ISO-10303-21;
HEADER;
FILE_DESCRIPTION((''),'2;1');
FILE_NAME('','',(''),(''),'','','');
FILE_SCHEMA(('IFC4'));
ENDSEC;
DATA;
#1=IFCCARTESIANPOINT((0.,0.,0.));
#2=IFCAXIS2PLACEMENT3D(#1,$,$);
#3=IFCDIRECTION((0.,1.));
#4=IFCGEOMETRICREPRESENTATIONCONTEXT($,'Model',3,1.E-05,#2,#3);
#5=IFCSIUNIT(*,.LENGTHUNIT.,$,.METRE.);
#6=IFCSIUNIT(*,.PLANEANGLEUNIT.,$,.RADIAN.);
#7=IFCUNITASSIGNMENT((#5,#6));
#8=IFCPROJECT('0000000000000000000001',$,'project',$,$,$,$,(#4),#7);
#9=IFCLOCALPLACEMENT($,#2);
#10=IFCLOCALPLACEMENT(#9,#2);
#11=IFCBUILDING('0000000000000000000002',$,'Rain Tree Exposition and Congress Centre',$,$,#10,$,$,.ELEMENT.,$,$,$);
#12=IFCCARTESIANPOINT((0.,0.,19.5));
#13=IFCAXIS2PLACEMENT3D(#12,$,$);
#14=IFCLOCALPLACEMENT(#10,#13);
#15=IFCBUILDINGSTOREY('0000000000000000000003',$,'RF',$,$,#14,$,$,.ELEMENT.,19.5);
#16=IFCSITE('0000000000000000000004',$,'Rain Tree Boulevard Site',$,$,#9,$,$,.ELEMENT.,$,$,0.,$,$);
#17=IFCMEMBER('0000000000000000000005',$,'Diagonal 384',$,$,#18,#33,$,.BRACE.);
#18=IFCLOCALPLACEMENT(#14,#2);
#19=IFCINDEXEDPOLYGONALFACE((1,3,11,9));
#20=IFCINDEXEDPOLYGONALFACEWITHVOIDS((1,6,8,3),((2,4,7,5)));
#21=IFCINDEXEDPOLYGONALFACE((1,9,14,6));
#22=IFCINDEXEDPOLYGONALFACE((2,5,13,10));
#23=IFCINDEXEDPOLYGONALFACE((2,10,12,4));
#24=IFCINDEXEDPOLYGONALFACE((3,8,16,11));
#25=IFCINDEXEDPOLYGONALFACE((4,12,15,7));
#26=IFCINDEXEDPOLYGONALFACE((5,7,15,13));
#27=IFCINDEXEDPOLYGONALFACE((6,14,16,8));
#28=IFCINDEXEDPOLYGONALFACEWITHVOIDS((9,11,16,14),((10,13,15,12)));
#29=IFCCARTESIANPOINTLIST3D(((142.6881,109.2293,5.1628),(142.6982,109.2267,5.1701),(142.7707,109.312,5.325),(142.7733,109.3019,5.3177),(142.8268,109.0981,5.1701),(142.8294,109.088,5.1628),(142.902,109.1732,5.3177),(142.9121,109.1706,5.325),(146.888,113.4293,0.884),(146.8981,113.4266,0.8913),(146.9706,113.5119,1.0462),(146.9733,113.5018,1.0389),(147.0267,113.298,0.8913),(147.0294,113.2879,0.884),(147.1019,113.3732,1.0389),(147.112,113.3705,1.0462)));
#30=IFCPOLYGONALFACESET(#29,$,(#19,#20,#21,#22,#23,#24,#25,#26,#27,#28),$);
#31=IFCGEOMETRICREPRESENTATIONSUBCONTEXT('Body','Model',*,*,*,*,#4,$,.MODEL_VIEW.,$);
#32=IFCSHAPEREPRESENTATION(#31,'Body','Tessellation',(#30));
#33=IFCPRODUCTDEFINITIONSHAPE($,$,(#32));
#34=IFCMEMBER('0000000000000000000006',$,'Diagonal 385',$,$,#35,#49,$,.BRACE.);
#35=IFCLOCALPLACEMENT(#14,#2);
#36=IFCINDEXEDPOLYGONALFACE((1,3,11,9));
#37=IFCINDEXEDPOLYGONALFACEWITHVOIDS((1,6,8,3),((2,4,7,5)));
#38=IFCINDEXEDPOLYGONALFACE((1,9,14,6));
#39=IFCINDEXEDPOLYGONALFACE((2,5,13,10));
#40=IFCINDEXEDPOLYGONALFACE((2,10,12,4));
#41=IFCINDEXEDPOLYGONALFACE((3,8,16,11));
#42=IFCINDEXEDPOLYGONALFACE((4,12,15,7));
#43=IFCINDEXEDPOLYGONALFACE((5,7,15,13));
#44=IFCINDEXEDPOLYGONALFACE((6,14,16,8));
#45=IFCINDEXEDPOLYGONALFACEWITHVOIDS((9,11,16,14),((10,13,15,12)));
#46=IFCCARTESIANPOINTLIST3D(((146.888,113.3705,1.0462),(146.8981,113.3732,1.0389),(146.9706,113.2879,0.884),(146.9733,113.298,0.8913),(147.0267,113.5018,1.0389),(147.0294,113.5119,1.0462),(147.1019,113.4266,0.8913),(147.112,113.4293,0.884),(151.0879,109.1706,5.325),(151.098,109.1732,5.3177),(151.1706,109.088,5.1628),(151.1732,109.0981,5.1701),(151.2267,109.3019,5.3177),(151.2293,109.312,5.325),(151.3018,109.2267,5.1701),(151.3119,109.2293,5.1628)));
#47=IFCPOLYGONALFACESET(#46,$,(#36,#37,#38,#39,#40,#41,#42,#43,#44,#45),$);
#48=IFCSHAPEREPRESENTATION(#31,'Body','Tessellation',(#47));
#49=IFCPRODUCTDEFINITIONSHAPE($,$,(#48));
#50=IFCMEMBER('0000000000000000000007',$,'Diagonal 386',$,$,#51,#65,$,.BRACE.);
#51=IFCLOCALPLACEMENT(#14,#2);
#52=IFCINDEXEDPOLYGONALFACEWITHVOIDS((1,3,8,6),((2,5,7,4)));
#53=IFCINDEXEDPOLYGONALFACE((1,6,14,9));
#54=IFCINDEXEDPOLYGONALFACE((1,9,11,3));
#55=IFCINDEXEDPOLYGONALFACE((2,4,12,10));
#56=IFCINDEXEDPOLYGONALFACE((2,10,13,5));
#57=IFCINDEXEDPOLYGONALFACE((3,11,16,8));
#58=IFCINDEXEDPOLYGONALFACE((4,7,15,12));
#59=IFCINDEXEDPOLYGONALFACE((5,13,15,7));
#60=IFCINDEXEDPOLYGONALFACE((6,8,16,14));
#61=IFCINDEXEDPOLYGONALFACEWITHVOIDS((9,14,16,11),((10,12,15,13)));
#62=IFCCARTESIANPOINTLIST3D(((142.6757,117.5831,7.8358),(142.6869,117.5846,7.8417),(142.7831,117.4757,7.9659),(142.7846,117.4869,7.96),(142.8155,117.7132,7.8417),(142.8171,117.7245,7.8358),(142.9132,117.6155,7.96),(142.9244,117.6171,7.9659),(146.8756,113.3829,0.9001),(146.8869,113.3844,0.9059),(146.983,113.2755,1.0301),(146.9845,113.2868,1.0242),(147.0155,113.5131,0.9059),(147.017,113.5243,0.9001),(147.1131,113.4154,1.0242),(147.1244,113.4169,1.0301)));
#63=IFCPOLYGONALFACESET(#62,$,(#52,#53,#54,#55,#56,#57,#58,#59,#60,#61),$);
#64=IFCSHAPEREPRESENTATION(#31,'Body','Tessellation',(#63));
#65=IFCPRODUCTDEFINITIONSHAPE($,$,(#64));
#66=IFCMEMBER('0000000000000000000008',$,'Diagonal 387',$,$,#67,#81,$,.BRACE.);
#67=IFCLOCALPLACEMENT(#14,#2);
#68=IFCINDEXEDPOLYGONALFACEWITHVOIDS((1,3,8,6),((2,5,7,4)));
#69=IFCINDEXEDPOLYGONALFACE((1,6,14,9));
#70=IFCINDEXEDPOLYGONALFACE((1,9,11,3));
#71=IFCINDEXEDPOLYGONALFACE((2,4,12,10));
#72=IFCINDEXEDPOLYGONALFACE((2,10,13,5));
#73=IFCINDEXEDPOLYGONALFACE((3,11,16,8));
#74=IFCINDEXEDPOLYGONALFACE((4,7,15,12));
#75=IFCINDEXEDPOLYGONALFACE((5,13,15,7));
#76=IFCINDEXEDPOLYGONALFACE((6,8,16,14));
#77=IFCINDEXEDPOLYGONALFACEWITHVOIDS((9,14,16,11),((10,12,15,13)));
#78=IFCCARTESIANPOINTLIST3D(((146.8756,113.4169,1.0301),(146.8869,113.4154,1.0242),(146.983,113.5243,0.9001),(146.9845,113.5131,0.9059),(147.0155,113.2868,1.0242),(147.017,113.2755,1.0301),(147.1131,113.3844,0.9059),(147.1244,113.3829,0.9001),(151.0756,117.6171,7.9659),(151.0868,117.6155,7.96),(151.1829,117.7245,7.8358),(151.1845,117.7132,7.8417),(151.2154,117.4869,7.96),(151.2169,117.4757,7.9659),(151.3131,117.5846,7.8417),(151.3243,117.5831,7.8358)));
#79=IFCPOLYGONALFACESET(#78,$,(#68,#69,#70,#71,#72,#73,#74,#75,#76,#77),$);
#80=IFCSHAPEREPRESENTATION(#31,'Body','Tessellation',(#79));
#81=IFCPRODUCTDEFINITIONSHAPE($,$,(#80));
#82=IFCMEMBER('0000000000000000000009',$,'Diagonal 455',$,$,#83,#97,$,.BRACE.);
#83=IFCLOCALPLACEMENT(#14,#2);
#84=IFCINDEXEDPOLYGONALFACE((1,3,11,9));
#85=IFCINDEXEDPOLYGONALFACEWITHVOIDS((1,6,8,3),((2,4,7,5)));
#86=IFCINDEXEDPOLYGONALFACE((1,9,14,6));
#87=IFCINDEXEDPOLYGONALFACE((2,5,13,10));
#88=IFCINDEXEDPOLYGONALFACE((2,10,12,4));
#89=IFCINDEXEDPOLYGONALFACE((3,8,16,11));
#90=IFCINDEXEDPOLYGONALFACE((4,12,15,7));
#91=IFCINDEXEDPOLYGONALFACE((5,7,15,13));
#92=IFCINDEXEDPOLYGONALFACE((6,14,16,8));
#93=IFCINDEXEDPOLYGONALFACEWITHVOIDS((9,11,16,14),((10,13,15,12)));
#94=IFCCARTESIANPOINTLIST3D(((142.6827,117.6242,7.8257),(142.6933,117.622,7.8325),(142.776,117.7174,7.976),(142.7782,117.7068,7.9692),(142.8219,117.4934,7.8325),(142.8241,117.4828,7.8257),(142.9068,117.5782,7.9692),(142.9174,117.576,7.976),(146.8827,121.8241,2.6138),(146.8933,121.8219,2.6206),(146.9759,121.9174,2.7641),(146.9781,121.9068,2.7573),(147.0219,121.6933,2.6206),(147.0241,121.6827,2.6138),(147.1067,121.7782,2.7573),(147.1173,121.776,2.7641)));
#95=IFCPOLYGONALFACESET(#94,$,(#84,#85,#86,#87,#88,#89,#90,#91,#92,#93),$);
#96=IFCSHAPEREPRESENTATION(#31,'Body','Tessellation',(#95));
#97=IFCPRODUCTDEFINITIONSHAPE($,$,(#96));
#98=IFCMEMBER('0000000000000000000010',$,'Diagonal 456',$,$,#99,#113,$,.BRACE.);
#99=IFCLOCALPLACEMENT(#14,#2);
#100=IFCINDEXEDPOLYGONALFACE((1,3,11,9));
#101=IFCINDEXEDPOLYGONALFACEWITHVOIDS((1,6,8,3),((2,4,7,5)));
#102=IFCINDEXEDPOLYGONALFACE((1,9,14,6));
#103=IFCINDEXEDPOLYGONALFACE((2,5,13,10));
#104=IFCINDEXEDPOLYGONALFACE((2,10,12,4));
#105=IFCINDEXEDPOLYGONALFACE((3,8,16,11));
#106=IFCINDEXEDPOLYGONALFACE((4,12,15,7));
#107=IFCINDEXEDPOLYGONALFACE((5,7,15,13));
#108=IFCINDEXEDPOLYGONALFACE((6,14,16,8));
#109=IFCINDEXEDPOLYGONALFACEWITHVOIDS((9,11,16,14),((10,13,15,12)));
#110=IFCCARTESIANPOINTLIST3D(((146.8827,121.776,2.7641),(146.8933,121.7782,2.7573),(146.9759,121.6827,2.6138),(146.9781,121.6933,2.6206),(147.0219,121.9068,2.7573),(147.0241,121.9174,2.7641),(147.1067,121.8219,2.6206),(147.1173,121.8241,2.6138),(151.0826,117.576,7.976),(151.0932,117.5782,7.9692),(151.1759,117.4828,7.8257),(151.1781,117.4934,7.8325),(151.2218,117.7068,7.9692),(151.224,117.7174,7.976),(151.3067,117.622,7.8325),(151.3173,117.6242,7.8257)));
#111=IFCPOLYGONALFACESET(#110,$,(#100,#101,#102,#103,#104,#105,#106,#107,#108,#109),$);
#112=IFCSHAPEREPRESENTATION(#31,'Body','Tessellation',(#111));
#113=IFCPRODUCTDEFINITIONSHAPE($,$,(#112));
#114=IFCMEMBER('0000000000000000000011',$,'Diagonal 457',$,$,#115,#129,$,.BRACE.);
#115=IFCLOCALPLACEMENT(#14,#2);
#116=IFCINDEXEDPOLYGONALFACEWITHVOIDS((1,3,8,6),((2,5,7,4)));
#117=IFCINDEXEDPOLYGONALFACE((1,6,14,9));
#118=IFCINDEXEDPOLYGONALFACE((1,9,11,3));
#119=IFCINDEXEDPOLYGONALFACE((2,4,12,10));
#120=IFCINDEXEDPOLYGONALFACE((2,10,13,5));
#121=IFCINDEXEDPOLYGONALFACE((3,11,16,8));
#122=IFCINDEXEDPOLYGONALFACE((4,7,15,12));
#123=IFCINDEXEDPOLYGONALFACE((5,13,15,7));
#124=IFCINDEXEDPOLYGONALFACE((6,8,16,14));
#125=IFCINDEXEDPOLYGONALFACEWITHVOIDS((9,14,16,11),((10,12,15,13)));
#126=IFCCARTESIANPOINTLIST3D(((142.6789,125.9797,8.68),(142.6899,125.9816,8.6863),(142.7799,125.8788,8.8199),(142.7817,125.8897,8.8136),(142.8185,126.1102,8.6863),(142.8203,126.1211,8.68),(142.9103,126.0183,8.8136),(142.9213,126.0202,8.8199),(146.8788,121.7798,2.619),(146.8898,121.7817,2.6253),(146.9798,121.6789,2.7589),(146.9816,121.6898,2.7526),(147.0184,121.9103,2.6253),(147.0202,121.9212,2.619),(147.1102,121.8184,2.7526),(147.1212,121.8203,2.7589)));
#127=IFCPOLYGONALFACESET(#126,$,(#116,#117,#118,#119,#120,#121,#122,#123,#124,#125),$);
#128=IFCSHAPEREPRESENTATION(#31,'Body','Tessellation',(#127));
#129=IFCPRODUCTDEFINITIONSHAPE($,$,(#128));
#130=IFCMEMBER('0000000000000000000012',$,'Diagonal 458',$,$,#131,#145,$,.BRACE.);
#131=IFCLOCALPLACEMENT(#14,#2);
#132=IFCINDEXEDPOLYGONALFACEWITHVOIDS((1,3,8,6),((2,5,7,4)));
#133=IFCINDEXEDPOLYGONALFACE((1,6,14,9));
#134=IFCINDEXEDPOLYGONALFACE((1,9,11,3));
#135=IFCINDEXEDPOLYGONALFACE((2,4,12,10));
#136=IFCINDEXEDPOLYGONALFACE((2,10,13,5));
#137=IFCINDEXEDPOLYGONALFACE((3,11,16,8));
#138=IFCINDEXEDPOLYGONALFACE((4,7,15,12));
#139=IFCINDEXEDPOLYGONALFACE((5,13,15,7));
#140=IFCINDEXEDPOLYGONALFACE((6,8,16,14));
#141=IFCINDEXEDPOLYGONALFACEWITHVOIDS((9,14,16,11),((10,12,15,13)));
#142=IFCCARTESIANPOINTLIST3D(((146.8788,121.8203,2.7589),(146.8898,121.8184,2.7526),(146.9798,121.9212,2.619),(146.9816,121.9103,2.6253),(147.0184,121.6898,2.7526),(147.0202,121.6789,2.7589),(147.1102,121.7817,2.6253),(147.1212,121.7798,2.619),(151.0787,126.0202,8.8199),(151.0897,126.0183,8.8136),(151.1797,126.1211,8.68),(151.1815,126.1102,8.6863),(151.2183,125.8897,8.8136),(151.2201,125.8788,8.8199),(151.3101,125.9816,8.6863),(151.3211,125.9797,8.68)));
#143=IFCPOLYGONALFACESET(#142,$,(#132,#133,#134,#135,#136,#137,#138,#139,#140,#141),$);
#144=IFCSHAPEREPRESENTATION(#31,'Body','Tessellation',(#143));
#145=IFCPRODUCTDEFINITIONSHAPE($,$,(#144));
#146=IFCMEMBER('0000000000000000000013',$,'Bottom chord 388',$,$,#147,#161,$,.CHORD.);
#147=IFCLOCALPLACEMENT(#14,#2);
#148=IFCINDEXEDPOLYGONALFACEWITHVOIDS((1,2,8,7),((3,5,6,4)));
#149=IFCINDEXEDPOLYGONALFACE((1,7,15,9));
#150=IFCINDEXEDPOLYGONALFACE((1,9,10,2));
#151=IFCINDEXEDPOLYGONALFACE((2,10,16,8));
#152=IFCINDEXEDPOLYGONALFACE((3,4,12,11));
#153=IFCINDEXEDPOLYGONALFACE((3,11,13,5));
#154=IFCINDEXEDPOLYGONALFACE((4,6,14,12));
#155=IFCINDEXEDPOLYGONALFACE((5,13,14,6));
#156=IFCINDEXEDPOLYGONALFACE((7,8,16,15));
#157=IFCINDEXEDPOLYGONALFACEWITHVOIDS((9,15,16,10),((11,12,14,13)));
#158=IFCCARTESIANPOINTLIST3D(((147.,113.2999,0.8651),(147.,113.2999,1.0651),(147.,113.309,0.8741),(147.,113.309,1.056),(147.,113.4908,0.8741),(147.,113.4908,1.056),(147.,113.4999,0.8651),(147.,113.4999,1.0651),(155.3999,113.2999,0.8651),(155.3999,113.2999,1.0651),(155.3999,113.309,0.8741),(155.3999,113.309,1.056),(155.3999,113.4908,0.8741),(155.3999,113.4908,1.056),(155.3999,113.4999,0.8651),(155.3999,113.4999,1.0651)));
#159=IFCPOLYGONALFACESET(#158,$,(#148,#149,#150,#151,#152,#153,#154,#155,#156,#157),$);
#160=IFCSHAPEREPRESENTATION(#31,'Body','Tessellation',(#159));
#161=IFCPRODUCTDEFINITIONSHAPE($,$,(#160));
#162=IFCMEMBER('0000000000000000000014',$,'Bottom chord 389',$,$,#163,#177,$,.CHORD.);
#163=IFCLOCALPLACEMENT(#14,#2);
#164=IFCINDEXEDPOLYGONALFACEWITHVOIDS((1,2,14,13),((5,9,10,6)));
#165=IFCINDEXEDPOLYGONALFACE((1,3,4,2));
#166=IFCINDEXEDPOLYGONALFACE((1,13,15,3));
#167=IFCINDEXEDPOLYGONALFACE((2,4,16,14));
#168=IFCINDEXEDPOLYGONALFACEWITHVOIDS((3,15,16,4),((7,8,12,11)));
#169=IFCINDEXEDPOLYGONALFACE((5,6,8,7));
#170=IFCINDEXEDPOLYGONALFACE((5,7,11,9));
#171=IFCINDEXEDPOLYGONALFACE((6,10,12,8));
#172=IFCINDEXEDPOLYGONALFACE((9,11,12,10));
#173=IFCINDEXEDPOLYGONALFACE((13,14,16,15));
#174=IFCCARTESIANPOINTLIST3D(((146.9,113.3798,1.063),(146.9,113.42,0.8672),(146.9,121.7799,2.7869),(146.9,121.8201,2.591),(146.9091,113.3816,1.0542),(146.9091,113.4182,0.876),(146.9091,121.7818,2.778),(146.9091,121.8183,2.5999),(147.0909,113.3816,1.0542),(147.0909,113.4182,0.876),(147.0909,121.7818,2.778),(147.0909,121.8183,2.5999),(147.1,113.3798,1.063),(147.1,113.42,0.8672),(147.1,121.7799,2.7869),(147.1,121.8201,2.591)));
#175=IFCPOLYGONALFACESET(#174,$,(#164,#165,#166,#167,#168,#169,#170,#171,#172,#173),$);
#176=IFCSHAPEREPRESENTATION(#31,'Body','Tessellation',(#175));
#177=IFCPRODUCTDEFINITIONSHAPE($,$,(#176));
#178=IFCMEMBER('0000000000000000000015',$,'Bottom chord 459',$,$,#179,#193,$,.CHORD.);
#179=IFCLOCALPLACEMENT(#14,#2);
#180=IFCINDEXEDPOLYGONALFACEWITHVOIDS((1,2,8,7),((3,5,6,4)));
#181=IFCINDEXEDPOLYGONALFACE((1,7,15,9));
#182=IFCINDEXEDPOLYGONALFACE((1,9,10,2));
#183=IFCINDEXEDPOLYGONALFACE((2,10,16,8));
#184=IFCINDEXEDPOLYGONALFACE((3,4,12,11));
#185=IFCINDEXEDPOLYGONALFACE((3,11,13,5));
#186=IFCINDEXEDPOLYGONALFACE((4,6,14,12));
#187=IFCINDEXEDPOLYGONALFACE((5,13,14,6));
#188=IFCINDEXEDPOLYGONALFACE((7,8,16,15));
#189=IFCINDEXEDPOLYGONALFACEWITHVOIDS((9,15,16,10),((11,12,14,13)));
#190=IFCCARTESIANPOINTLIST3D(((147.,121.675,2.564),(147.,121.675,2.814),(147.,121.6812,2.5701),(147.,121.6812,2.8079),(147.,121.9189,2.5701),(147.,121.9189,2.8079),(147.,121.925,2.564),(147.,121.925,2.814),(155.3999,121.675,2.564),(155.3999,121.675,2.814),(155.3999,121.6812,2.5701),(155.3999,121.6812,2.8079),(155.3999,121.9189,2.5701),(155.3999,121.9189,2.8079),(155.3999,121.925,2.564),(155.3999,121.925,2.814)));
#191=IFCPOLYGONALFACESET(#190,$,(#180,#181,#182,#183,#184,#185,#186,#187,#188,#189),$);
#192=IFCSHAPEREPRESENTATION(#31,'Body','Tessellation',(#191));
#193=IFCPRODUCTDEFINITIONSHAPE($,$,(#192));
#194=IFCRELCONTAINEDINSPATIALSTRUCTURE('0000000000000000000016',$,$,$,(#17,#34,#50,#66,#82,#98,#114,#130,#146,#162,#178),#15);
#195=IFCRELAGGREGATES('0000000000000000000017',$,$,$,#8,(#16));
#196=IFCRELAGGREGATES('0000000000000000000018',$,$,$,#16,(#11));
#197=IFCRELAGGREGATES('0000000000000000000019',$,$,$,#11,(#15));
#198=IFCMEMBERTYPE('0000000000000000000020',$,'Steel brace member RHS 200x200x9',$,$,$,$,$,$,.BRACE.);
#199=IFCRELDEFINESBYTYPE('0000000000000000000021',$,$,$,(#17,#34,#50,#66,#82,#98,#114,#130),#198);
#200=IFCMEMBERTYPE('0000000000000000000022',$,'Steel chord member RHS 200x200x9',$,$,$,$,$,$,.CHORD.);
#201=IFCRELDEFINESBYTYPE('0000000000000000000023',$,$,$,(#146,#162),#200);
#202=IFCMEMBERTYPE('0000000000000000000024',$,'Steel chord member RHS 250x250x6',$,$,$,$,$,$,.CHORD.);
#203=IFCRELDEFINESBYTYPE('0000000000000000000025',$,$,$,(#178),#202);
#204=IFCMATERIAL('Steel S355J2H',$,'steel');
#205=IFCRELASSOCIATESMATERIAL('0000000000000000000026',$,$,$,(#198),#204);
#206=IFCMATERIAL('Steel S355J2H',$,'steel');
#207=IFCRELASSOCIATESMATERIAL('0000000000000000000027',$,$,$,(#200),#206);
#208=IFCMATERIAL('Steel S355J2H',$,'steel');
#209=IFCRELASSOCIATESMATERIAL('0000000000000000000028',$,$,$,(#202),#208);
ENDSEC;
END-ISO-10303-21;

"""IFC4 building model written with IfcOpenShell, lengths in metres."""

from ifc_helpers import new_model, si_unit, direction, frame, origin, origin_2d, place, context, subcontext, project, spatial, hollow_rectangle, extrude, material, material_profile, profile_set, type_object, element, save


model = new_model("IFC4")

# Units and contexts
model_context = context("Model", 3, precision=1e-05, world=origin(), true_north=direction((0.0, 1.0)))
body_context = subcontext(model_context, "Body", "Model", "MODEL_VIEW")
ifc_project = project(units=[si_unit("LENGTHUNIT", "METRE"), si_unit("PLANEANGLEUNIT", "RADIAN")], contexts=[model_context])

# Site, building, storey
site_placement = place(None, origin())
site = spatial("IfcSite", under=ifc_project, at=site_placement, Name="Rain Tree Boulevard Site", CompositionType="ELEMENT", RefElevation=0.0)
building_placement = place(site_placement, origin())
building = spatial("IfcBuilding", under=site, at=building_placement, Name="Rain Tree Exposition and Congress Centre", CompositionType="ELEMENT")
storey_placement = place(building_placement, frame((0.0, 0.0, 19.5)))
storey = spatial("IfcBuildingStorey", under=building, at=storey_placement, Name="RF", CompositionType="ELEMENT", Elevation=19.5)

# Members
ifc_material_1 = material(Name="Steel S355J2H", Category="steel")
ifc_material_profile_1 = material_profile(ifc_material_1, hollow_rectangle(XDim=0.2, YDim=0.2, WallThickness=0.009, at=origin_2d()), Name="RHS 200x200x9")
ifc_profile_set_1 = profile_set([ifc_material_profile_1], Name="Steel S355J2H")
member_type_1 = type_object("IfcMemberType", Name="Steel brace member RHS 200x200x9", PredefinedType="BRACE", material=ifc_profile_set_1)
for number, where, z_axis, x_axis, name in (
    (1, (147.0, 113.3999, 0.9651), (-0.573737, -0.573737, 0.58451), (0.707107, -0.707107, 0.0), "Diagonal 384"),
    (2, (147.0, 113.3999, 0.9651), (0.573737, -0.573737, 0.58451), (0.707107, 0.707107, 0.0), "Diagonal 385"),
):
    element("IfcMember", number, at=place(storey_placement, frame(where, z_axis=z_axis, x_axis=x_axis)), inside=storey, type_object=member_type_1, Name=name, PredefinedType="BRACE", context=body_context, shape_type="SweptSolid", body=[
        extrude(hollow_rectangle(XDim=0.2, YDim=0.2, WallThickness=0.009, at=origin_2d()), origin(), (0.0, 0.0, 1.0), 7.3203),
    ])
for number, where, z_axis, x_axis, name in (
    (3, (147.0, 113.3999, 0.9651), (-0.459935, 0.459962, 0.759536), (-0.707127, -0.707086, 0.0), "Diagonal 386"),
    (4, (147.0, 113.3999, 0.9651), (0.459935, 0.459962, 0.759536), (-0.707127, 0.707086, 0.0), "Diagonal 387"),
):
    element("IfcMember", number, at=place(storey_placement, frame(where, z_axis=z_axis, x_axis=x_axis)), inside=storey, type_object=member_type_1, Name=name, PredefinedType="BRACE", context=body_context, shape_type="SweptSolid", body=[
        extrude(hollow_rectangle(XDim=0.2, YDim=0.2, WallThickness=0.009, at=origin_2d()), origin(), (0.0, 0.0, 1.0), 9.1316),
    ])
for number, where, z_axis, x_axis, name in (
    (5, (147.0, 121.8, 2.689), (-0.531498, -0.531498, 0.65956), (0.707107, -0.707107, 0.0), "Diagonal 455"),
    (6, (147.0, 121.8, 2.689), (0.531498, -0.531498, 0.65956), (0.707107, 0.707107, 0.0), "Diagonal 456"),
):
    element("IfcMember", number, at=place(storey_placement, frame(where, z_axis=z_axis, x_axis=x_axis)), inside=storey, type_object=member_type_1, Name=name, PredefinedType="BRACE", context=body_context, shape_type="SweptSolid", body=[
        extrude(hollow_rectangle(XDim=0.2, YDim=0.2, WallThickness=0.009, at=origin_2d()), origin(), (0.0, 0.0, 1.0), 7.9021),
    ])
for number, where, z_axis, x_axis, name in (
    (7, (147.0, 121.8, 2.689), (-0.494916, 0.494916, 0.714224), (-0.707107, -0.707107, 0.0), "Diagonal 457"),
    (8, (147.0, 121.8, 2.689), (0.494916, 0.494916, 0.714224), (-0.707107, 0.707107, 0.0), "Diagonal 458"),
):
    element("IfcMember", number, at=place(storey_placement, frame(where, z_axis=z_axis, x_axis=x_axis)), inside=storey, type_object=member_type_1, Name=name, PredefinedType="BRACE", context=body_context, shape_type="SweptSolid", body=[
        extrude(hollow_rectangle(XDim=0.2, YDim=0.2, WallThickness=0.009, at=origin_2d()), origin(), (0.0, 0.0, 1.0), 8.4861),
    ])
ifc_material_2 = material(Name="Steel S355J2H", Category="steel")
ifc_material_profile_2 = material_profile(ifc_material_2, hollow_rectangle(XDim=0.2, YDim=0.2, WallThickness=0.009, at=origin_2d()), Name="RHS 200x200x9")
ifc_profile_set_2 = profile_set([ifc_material_profile_2], Name="Steel S355J2H")
member_type_2 = type_object("IfcMemberType", Name="Steel chord member RHS 200x200x9", PredefinedType="CHORD", material=ifc_profile_set_2)
member_1_placement = place(storey_placement, frame((147.0, 113.3999, 0.9651), z_axis=(1.0, 0.0, 0.0), x_axis=(0.0, 1.0, 0.0)))
element("IfcMember", 9, at=member_1_placement, inside=storey, type_object=member_type_2, Name="Bottom chord 388", PredefinedType="CHORD", context=body_context, shape_type="SweptSolid", body=[
    extrude(hollow_rectangle(XDim=0.2, YDim=0.2, WallThickness=0.009, at=origin_2d()), origin(), (0.0, 0.0, 1.0), 8.3999),
])
member_2_placement = place(storey_placement, frame((147.0, 113.3999, 0.9651), z_axis=(0.0, 0.979585, 0.20103), x_axis=(-1.0, 0.0, 0.0)))
element("IfcMember", 10, at=member_2_placement, inside=storey, type_object=member_type_2, Name="Bottom chord 389", PredefinedType="CHORD", context=body_context, shape_type="SweptSolid", body=[
    extrude(hollow_rectangle(XDim=0.2, YDim=0.2, WallThickness=0.009, at=origin_2d()), origin(), (0.0, 0.0, 1.0), 8.5752),
])
ifc_material_3 = material(Name="Steel S355J2H", Category="steel")
ifc_material_profile_3 = material_profile(ifc_material_3, hollow_rectangle(XDim=0.25, YDim=0.25, WallThickness=0.0061, at=origin_2d()), Name="RHS 250x250x6")
ifc_profile_set_3 = profile_set([ifc_material_profile_3], Name="Steel S355J2H")
member_type_3 = type_object("IfcMemberType", Name="Steel chord member RHS 250x250x6", PredefinedType="CHORD", material=ifc_profile_set_3)
for number, where, z_axis, x_axis, name in (
    (11, (147.0, 121.8, 2.689), (1.0, 0.0, 0.0), (0.0, 1.0, 0.0), "Bottom chord 459"),
):
    element("IfcMember", number, at=place(storey_placement, frame(where, z_axis=z_axis, x_axis=x_axis)), inside=storey, type_object=member_type_3, Name=name, PredefinedType="CHORD", context=body_context, shape_type="SweptSolid", body=[
        extrude(hollow_rectangle(XDim=0.25, YDim=0.25, WallThickness=0.0061, at=origin_2d()), origin(), (0.0, 0.0, 1.0), 8.3999),
    ])

save(model, "model.ifc")
